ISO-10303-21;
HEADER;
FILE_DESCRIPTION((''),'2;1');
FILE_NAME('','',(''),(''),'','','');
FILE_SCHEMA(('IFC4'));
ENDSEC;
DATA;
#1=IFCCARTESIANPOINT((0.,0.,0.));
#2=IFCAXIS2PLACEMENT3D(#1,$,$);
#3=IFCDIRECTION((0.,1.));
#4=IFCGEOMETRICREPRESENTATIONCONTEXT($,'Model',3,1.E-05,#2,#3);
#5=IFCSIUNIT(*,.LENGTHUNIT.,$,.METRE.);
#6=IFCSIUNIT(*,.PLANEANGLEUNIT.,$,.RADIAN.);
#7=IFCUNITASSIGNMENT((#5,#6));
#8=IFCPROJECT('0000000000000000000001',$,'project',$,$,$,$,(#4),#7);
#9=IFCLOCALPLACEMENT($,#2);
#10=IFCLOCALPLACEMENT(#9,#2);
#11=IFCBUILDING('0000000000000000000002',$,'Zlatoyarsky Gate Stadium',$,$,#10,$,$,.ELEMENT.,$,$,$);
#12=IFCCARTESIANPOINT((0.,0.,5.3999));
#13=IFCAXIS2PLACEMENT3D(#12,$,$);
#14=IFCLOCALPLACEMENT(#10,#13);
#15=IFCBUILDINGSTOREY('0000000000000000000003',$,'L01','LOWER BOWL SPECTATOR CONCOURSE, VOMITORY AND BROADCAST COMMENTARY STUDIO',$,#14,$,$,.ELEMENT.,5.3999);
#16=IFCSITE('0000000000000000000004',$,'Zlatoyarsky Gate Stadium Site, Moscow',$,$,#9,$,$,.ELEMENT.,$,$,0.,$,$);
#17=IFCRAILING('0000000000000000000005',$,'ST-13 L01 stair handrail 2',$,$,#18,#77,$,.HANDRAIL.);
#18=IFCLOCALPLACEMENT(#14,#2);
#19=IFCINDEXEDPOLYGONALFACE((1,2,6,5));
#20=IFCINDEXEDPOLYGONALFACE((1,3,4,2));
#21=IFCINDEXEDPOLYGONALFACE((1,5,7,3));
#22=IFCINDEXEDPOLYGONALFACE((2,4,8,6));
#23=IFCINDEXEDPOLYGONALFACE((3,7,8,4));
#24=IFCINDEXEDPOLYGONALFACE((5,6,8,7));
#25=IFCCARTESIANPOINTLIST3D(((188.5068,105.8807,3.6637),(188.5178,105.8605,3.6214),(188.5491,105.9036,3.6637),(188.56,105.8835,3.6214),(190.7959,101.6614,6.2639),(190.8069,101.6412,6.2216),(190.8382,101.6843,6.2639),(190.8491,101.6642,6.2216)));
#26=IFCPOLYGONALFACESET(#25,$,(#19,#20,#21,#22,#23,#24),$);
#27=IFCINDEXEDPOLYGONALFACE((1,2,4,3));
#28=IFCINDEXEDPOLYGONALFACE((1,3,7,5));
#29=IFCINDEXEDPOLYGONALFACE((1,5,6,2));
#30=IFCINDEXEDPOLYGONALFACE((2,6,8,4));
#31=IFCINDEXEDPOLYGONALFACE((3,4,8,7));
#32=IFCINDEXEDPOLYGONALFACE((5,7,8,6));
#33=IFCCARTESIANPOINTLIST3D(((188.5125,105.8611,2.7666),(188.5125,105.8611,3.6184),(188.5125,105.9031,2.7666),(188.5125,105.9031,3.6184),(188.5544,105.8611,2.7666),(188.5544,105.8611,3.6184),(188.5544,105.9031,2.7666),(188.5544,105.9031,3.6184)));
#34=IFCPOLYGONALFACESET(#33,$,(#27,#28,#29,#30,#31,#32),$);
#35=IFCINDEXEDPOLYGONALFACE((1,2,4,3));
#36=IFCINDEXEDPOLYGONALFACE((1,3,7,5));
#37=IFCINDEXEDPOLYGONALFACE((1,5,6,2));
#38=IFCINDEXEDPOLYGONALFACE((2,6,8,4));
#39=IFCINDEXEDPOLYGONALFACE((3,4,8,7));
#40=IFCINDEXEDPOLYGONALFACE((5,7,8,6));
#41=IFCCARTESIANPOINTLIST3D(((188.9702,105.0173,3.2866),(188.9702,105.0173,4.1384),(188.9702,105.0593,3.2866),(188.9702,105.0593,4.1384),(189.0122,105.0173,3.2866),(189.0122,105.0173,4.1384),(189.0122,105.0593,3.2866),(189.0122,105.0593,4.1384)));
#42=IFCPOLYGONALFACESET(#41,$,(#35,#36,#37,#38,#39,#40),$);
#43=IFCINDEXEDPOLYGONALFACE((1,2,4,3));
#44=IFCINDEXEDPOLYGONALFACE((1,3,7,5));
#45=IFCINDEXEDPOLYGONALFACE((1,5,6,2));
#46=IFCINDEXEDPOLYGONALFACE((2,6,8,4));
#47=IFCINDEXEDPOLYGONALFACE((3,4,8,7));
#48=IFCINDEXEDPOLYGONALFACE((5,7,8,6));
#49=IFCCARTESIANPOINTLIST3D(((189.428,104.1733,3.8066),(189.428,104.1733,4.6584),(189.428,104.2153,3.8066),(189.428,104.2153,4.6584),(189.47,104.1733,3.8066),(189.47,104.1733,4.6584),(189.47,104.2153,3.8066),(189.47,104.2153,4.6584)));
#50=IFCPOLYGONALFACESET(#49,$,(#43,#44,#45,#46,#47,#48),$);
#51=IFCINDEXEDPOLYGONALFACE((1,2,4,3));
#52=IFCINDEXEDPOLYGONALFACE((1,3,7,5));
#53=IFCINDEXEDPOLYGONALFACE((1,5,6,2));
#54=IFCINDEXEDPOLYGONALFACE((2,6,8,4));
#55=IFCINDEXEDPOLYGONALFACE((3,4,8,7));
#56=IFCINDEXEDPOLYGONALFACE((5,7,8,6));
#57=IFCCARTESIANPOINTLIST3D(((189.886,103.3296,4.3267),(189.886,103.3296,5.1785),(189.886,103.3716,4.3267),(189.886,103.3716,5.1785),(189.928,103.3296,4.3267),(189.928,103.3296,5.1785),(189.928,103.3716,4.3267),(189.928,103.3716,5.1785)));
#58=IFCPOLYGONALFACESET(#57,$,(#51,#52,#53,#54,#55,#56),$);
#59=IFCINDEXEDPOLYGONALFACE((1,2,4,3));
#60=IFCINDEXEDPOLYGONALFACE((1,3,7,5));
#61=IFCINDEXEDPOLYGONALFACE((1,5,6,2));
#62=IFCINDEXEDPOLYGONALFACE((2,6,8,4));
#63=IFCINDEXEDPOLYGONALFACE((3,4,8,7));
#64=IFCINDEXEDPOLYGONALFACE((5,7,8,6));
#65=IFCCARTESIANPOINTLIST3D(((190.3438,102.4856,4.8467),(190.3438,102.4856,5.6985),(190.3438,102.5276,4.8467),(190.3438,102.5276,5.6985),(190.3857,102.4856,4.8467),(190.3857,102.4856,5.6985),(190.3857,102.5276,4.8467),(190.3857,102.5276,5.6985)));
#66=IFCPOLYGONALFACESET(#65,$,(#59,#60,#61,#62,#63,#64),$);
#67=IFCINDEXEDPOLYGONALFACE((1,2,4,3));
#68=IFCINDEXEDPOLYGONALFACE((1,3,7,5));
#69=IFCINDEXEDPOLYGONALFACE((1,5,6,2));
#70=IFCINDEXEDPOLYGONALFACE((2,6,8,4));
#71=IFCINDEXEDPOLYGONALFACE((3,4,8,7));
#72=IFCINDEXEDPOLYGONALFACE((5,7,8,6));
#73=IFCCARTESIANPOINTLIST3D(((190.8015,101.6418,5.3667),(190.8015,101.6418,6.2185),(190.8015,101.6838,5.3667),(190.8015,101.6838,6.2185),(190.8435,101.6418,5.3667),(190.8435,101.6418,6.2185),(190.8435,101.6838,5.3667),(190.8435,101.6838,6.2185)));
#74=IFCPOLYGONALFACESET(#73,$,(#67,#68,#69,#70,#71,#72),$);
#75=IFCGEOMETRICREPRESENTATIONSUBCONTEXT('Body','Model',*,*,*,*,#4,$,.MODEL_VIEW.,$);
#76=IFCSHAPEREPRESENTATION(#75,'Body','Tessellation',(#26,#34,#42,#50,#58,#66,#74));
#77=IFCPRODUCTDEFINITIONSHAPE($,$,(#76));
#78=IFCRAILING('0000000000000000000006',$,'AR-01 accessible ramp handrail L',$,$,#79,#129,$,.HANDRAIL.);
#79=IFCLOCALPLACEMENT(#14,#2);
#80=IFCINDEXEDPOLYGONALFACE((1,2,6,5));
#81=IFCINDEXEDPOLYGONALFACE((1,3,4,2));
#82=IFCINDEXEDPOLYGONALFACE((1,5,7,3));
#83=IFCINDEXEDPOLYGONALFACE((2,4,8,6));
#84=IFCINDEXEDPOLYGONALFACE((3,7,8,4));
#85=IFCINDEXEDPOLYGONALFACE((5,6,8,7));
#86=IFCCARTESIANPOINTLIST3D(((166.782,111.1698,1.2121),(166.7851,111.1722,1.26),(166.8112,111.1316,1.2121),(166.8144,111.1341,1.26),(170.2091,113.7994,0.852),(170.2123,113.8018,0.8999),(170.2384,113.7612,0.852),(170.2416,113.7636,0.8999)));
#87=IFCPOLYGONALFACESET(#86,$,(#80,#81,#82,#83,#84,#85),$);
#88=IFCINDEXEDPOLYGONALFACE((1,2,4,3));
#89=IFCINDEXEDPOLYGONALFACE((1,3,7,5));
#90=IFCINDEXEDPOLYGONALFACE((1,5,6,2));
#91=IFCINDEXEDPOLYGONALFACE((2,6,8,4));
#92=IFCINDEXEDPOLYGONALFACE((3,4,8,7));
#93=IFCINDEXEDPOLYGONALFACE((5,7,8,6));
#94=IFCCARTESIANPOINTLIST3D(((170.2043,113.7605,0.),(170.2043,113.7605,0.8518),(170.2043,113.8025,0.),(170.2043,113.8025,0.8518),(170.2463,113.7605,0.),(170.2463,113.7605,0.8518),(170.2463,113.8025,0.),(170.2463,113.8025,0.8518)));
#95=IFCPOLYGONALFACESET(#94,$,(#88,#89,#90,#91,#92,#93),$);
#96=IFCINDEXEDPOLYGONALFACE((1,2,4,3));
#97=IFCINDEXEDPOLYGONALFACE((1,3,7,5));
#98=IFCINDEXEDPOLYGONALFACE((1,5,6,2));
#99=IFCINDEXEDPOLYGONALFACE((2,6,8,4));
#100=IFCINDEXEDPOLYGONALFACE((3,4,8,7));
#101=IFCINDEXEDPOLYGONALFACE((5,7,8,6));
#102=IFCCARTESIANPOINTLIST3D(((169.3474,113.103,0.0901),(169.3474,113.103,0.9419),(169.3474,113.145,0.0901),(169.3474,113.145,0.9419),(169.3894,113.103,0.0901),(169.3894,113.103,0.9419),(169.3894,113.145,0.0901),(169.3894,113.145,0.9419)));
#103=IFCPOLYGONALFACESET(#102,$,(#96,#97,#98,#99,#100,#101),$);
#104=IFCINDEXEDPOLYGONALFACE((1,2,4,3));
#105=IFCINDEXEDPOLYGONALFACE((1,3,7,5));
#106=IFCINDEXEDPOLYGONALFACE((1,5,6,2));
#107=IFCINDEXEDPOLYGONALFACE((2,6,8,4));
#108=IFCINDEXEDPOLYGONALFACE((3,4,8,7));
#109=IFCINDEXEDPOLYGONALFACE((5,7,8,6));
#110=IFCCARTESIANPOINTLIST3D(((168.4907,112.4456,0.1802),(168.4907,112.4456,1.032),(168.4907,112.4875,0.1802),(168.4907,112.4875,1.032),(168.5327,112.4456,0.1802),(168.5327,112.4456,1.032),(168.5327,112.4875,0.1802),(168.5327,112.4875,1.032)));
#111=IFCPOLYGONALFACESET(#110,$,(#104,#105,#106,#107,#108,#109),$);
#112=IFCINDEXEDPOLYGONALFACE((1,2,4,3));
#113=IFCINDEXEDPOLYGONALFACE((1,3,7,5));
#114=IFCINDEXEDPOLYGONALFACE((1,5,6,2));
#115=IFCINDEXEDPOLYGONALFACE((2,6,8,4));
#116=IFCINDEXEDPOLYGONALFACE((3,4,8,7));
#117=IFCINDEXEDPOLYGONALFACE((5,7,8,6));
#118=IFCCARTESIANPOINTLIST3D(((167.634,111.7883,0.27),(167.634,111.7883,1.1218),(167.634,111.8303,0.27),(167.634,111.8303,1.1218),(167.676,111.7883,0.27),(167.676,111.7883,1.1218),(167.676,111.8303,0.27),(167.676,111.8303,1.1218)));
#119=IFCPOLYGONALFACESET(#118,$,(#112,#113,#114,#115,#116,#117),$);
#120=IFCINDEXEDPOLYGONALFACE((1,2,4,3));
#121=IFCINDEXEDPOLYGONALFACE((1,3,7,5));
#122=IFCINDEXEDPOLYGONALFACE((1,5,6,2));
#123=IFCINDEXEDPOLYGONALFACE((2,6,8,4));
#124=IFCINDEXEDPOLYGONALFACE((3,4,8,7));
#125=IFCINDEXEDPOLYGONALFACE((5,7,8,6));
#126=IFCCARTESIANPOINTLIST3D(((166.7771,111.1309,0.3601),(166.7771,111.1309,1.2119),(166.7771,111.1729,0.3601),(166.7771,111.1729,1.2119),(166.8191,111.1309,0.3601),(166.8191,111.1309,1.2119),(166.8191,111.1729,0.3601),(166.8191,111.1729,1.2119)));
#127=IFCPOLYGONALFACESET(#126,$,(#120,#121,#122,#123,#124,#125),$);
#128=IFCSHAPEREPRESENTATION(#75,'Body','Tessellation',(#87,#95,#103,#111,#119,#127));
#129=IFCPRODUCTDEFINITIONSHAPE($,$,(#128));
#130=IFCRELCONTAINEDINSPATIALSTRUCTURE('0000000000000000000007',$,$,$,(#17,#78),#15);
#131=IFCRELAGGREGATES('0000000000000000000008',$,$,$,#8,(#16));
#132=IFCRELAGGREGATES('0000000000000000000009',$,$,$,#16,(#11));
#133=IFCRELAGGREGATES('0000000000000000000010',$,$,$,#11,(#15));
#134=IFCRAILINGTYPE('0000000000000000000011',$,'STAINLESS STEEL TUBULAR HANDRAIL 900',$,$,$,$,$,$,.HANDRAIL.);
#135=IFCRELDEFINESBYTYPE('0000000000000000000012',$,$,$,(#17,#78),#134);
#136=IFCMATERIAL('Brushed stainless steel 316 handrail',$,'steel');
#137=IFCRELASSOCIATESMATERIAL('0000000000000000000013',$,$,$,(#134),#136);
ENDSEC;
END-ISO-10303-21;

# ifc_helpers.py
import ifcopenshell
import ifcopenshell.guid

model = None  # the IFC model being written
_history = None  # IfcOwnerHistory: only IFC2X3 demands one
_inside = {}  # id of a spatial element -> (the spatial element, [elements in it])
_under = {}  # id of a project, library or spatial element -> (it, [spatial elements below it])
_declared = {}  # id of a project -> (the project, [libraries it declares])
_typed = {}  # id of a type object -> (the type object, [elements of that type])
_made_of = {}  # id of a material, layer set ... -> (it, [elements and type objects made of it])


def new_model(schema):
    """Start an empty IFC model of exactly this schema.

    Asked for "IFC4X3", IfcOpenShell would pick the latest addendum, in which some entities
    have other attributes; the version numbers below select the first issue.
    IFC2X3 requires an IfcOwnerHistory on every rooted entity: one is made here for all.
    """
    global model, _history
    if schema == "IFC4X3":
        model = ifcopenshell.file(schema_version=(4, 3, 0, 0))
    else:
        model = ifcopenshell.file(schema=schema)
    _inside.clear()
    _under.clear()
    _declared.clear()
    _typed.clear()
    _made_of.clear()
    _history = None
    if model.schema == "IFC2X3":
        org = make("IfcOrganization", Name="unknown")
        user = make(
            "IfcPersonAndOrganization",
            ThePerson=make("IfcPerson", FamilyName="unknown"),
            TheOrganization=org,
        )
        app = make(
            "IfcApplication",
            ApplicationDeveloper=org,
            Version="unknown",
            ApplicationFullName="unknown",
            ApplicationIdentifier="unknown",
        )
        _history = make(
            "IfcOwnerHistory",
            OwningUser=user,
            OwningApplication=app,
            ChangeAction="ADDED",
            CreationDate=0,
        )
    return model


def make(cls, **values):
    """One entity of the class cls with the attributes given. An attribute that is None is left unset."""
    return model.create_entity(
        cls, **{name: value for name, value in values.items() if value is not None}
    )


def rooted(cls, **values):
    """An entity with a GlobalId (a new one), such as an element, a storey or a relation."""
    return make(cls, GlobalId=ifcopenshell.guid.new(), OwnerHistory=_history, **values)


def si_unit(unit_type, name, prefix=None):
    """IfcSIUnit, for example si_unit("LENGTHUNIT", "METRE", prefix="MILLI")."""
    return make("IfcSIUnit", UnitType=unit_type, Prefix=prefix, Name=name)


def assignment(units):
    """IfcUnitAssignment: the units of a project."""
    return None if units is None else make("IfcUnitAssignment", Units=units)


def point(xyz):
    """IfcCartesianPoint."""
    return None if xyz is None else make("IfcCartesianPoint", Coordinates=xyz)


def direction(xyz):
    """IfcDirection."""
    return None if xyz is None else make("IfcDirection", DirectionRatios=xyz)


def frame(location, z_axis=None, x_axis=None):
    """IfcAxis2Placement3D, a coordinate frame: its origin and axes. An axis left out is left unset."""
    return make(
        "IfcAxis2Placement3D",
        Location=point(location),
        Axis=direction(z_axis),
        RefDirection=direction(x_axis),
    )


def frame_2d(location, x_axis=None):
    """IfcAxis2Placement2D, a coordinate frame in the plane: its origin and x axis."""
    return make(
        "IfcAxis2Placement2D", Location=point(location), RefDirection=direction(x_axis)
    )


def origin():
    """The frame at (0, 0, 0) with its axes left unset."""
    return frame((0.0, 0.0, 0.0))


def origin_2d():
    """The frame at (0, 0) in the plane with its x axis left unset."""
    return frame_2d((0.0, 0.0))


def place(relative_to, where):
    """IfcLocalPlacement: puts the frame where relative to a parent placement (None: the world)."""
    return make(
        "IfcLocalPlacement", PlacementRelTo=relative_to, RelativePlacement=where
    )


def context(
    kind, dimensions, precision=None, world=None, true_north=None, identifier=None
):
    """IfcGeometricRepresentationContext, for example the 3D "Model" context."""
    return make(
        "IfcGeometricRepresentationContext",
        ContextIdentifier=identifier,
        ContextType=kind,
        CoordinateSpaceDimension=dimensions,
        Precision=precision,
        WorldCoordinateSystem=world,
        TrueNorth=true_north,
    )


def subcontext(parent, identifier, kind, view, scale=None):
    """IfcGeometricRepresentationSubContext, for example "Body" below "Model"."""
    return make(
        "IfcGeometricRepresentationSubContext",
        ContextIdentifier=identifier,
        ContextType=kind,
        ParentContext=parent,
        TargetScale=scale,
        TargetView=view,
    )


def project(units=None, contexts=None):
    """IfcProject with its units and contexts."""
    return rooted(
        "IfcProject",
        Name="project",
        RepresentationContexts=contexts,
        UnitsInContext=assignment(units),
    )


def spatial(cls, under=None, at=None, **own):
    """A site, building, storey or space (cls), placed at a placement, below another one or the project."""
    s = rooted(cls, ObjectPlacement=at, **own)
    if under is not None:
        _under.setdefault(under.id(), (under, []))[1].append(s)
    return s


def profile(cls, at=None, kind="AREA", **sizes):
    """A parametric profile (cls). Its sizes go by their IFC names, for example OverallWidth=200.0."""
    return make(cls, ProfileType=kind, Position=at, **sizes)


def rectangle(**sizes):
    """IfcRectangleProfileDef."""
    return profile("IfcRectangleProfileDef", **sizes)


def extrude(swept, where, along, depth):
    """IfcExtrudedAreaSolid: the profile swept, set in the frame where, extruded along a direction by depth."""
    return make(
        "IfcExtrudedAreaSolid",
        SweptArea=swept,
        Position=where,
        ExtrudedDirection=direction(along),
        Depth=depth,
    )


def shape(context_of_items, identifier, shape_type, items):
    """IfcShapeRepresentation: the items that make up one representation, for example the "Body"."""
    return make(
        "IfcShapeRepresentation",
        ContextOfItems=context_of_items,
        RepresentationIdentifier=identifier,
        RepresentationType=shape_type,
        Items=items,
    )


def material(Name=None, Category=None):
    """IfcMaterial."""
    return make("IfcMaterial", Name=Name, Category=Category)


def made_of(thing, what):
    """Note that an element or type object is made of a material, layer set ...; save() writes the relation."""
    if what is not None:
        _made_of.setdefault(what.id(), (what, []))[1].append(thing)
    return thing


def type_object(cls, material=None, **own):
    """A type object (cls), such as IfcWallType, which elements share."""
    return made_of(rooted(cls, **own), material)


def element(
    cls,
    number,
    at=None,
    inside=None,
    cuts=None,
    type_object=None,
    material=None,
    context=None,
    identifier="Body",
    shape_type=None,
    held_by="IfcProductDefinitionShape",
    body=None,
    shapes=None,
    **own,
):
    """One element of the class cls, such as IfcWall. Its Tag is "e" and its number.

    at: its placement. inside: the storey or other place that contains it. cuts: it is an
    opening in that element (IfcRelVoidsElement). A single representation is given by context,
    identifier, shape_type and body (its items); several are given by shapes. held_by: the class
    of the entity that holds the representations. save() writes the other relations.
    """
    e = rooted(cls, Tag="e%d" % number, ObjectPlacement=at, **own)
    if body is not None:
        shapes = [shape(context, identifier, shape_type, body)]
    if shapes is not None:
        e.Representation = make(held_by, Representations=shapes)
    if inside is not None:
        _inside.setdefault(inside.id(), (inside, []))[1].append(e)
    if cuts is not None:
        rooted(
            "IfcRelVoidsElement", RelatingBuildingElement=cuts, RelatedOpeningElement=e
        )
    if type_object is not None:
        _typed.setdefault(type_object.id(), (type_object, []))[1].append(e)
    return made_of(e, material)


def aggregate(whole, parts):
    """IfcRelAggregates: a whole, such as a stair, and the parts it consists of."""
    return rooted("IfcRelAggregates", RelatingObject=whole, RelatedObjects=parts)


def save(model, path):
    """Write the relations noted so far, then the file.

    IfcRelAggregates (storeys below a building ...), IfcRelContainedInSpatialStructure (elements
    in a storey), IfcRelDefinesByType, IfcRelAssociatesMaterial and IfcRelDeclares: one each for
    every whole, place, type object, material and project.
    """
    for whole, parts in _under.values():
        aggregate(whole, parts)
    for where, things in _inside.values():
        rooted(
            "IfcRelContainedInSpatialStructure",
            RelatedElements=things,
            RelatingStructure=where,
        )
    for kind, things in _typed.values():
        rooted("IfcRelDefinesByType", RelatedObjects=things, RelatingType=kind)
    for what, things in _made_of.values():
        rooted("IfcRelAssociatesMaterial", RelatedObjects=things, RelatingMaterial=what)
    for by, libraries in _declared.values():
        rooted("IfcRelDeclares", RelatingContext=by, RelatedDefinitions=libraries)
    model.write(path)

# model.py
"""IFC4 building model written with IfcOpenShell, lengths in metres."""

from ifc_helpers import new_model, si_unit, direction, frame, origin, origin_2d, place, context, subcontext, project, spatial, rectangle, extrude, material, type_object, element, save


model = new_model("IFC4")

# Units and contexts
model_context = context("Model", 3, precision=1e-05, world=origin(), true_north=direction((0.0, 1.0)))
body_context = subcontext(model_context, "Body", "Model", "MODEL_VIEW")
ifc_project = project(units=[si_unit("LENGTHUNIT", "METRE"), si_unit("PLANEANGLEUNIT", "RADIAN")], contexts=[model_context])

# Site, building, storey
site_placement = place(None, origin())
site = spatial("IfcSite", under=ifc_project, at=site_placement, Name="Zlatoyarsky Gate Stadium Site, Moscow", CompositionType="ELEMENT", RefElevation=0.0)
building_placement = place(site_placement, origin())
building = spatial("IfcBuilding", under=site, at=building_placement, Name="Zlatoyarsky Gate Stadium", CompositionType="ELEMENT")
storey_placement = place(building_placement, frame((0.0, 0.0, 5.3999)))
storey = spatial("IfcBuildingStorey", under=building, at=storey_placement, Name="L01", Description="LOWER BOWL SPECTATOR CONCOURSE, VOMITORY AND BROADCAST COMMENTARY STUDIO", CompositionType="ELEMENT", Elevation=5.3999)

# Railings
ifc_material_1 = material(Name="Brushed stainless steel 316 handrail", Category="steel")
railing_type_1 = type_object("IfcRailingType", Name="STAINLESS STEEL TUBULAR HANDRAIL 900", PredefinedType="HANDRAIL", material=ifc_material_1)
railing_1_placement = place(storey_placement, frame((188.5334, 105.8821, 2.7666)))
element("IfcRailing", 1, at=railing_1_placement, inside=storey, type_object=railing_type_1, Name="ST-13 L01 stair handrail 2", PredefinedType="HANDRAIL", context=body_context, shape_type="SweptSolid", body=[
    extrude(rectangle(XDim=0.0481, YDim=0.0481, at=origin_2d()), frame((0.0, 0.0, 0.876), z_axis=(0.419308, -0.772875, 0.476283), x_axis=(0.878974, 0.47687, 0.0)), (0.0, 0.0, 1.0), 5.4592),
    extrude(rectangle(XDim=0.042, YDim=0.042, at=origin_2d()), origin(), (0.0, 0.0, 1.0), 0.8518),
    extrude(rectangle(XDim=0.042, YDim=0.042, at=origin_2d()), frame((0.4578, -0.8438, 0.52)), (0.0, 0.0, 1.0), 0.8518),
    extrude(rectangle(XDim=0.042, YDim=0.042, at=origin_2d()), frame((0.9155, -1.6877, 1.04)), (0.0, 0.0, 1.0), 0.8518),
    extrude(rectangle(XDim=0.042, YDim=0.042, at=origin_2d()), frame((1.3735, -2.5315, 1.5601)), (0.0, 0.0, 1.0), 0.8518),
    extrude(rectangle(XDim=0.042, YDim=0.042, at=origin_2d()), frame((1.8313, -3.3755, 2.0801)), (0.0, 0.0, 1.0), 0.8518),
    extrude(rectangle(XDim=0.042, YDim=0.042, at=origin_2d()), frame((2.2891, -4.2192, 2.6001)), (0.0, 0.0, 1.0), 0.8518),
])
railing_2_placement = place(storey_placement, frame((170.2253, 113.7815, 0.0)))
element("IfcRailing", 2, at=railing_2_placement, inside=storey, type_object=railing_type_1, Name="AR-01 accessible ramp handrail L", PredefinedType="HANDRAIL", context=body_context, shape_type="SweptSolid", body=[
    extrude(rectangle(XDim=0.0481, YDim=0.0481, at=origin_2d()), frame((0.0, 0.0, 0.876), z_axis=(-0.790631, -0.606631, 0.083073), x_axis=(0.608735, -0.793373, 0.0)), (0.0, 0.0, 1.0), 4.3347),
    extrude(rectangle(XDim=0.042, YDim=0.042, at=origin_2d()), origin(), (0.0, 0.0, 1.0), 0.8518),
    extrude(rectangle(XDim=0.042, YDim=0.042, at=origin_2d()), frame((-0.8569, -0.6575, 0.0901)), (0.0, 0.0, 1.0), 0.8518),
    extrude(rectangle(XDim=0.042, YDim=0.042, at=origin_2d()), frame((-1.7136, -1.3149, 0.1802)), (0.0, 0.0, 1.0), 0.8518),
    extrude(rectangle(XDim=0.042, YDim=0.042, at=origin_2d()), frame((-2.5703, -1.9722, 0.27)), (0.0, 0.0, 1.0), 0.8518),
    extrude(rectangle(XDim=0.042, YDim=0.042, at=origin_2d()), frame((-3.4272, -2.6296, 0.3601)), (0.0, 0.0, 1.0), 0.8518),
])

save(model, "model.ifc")
